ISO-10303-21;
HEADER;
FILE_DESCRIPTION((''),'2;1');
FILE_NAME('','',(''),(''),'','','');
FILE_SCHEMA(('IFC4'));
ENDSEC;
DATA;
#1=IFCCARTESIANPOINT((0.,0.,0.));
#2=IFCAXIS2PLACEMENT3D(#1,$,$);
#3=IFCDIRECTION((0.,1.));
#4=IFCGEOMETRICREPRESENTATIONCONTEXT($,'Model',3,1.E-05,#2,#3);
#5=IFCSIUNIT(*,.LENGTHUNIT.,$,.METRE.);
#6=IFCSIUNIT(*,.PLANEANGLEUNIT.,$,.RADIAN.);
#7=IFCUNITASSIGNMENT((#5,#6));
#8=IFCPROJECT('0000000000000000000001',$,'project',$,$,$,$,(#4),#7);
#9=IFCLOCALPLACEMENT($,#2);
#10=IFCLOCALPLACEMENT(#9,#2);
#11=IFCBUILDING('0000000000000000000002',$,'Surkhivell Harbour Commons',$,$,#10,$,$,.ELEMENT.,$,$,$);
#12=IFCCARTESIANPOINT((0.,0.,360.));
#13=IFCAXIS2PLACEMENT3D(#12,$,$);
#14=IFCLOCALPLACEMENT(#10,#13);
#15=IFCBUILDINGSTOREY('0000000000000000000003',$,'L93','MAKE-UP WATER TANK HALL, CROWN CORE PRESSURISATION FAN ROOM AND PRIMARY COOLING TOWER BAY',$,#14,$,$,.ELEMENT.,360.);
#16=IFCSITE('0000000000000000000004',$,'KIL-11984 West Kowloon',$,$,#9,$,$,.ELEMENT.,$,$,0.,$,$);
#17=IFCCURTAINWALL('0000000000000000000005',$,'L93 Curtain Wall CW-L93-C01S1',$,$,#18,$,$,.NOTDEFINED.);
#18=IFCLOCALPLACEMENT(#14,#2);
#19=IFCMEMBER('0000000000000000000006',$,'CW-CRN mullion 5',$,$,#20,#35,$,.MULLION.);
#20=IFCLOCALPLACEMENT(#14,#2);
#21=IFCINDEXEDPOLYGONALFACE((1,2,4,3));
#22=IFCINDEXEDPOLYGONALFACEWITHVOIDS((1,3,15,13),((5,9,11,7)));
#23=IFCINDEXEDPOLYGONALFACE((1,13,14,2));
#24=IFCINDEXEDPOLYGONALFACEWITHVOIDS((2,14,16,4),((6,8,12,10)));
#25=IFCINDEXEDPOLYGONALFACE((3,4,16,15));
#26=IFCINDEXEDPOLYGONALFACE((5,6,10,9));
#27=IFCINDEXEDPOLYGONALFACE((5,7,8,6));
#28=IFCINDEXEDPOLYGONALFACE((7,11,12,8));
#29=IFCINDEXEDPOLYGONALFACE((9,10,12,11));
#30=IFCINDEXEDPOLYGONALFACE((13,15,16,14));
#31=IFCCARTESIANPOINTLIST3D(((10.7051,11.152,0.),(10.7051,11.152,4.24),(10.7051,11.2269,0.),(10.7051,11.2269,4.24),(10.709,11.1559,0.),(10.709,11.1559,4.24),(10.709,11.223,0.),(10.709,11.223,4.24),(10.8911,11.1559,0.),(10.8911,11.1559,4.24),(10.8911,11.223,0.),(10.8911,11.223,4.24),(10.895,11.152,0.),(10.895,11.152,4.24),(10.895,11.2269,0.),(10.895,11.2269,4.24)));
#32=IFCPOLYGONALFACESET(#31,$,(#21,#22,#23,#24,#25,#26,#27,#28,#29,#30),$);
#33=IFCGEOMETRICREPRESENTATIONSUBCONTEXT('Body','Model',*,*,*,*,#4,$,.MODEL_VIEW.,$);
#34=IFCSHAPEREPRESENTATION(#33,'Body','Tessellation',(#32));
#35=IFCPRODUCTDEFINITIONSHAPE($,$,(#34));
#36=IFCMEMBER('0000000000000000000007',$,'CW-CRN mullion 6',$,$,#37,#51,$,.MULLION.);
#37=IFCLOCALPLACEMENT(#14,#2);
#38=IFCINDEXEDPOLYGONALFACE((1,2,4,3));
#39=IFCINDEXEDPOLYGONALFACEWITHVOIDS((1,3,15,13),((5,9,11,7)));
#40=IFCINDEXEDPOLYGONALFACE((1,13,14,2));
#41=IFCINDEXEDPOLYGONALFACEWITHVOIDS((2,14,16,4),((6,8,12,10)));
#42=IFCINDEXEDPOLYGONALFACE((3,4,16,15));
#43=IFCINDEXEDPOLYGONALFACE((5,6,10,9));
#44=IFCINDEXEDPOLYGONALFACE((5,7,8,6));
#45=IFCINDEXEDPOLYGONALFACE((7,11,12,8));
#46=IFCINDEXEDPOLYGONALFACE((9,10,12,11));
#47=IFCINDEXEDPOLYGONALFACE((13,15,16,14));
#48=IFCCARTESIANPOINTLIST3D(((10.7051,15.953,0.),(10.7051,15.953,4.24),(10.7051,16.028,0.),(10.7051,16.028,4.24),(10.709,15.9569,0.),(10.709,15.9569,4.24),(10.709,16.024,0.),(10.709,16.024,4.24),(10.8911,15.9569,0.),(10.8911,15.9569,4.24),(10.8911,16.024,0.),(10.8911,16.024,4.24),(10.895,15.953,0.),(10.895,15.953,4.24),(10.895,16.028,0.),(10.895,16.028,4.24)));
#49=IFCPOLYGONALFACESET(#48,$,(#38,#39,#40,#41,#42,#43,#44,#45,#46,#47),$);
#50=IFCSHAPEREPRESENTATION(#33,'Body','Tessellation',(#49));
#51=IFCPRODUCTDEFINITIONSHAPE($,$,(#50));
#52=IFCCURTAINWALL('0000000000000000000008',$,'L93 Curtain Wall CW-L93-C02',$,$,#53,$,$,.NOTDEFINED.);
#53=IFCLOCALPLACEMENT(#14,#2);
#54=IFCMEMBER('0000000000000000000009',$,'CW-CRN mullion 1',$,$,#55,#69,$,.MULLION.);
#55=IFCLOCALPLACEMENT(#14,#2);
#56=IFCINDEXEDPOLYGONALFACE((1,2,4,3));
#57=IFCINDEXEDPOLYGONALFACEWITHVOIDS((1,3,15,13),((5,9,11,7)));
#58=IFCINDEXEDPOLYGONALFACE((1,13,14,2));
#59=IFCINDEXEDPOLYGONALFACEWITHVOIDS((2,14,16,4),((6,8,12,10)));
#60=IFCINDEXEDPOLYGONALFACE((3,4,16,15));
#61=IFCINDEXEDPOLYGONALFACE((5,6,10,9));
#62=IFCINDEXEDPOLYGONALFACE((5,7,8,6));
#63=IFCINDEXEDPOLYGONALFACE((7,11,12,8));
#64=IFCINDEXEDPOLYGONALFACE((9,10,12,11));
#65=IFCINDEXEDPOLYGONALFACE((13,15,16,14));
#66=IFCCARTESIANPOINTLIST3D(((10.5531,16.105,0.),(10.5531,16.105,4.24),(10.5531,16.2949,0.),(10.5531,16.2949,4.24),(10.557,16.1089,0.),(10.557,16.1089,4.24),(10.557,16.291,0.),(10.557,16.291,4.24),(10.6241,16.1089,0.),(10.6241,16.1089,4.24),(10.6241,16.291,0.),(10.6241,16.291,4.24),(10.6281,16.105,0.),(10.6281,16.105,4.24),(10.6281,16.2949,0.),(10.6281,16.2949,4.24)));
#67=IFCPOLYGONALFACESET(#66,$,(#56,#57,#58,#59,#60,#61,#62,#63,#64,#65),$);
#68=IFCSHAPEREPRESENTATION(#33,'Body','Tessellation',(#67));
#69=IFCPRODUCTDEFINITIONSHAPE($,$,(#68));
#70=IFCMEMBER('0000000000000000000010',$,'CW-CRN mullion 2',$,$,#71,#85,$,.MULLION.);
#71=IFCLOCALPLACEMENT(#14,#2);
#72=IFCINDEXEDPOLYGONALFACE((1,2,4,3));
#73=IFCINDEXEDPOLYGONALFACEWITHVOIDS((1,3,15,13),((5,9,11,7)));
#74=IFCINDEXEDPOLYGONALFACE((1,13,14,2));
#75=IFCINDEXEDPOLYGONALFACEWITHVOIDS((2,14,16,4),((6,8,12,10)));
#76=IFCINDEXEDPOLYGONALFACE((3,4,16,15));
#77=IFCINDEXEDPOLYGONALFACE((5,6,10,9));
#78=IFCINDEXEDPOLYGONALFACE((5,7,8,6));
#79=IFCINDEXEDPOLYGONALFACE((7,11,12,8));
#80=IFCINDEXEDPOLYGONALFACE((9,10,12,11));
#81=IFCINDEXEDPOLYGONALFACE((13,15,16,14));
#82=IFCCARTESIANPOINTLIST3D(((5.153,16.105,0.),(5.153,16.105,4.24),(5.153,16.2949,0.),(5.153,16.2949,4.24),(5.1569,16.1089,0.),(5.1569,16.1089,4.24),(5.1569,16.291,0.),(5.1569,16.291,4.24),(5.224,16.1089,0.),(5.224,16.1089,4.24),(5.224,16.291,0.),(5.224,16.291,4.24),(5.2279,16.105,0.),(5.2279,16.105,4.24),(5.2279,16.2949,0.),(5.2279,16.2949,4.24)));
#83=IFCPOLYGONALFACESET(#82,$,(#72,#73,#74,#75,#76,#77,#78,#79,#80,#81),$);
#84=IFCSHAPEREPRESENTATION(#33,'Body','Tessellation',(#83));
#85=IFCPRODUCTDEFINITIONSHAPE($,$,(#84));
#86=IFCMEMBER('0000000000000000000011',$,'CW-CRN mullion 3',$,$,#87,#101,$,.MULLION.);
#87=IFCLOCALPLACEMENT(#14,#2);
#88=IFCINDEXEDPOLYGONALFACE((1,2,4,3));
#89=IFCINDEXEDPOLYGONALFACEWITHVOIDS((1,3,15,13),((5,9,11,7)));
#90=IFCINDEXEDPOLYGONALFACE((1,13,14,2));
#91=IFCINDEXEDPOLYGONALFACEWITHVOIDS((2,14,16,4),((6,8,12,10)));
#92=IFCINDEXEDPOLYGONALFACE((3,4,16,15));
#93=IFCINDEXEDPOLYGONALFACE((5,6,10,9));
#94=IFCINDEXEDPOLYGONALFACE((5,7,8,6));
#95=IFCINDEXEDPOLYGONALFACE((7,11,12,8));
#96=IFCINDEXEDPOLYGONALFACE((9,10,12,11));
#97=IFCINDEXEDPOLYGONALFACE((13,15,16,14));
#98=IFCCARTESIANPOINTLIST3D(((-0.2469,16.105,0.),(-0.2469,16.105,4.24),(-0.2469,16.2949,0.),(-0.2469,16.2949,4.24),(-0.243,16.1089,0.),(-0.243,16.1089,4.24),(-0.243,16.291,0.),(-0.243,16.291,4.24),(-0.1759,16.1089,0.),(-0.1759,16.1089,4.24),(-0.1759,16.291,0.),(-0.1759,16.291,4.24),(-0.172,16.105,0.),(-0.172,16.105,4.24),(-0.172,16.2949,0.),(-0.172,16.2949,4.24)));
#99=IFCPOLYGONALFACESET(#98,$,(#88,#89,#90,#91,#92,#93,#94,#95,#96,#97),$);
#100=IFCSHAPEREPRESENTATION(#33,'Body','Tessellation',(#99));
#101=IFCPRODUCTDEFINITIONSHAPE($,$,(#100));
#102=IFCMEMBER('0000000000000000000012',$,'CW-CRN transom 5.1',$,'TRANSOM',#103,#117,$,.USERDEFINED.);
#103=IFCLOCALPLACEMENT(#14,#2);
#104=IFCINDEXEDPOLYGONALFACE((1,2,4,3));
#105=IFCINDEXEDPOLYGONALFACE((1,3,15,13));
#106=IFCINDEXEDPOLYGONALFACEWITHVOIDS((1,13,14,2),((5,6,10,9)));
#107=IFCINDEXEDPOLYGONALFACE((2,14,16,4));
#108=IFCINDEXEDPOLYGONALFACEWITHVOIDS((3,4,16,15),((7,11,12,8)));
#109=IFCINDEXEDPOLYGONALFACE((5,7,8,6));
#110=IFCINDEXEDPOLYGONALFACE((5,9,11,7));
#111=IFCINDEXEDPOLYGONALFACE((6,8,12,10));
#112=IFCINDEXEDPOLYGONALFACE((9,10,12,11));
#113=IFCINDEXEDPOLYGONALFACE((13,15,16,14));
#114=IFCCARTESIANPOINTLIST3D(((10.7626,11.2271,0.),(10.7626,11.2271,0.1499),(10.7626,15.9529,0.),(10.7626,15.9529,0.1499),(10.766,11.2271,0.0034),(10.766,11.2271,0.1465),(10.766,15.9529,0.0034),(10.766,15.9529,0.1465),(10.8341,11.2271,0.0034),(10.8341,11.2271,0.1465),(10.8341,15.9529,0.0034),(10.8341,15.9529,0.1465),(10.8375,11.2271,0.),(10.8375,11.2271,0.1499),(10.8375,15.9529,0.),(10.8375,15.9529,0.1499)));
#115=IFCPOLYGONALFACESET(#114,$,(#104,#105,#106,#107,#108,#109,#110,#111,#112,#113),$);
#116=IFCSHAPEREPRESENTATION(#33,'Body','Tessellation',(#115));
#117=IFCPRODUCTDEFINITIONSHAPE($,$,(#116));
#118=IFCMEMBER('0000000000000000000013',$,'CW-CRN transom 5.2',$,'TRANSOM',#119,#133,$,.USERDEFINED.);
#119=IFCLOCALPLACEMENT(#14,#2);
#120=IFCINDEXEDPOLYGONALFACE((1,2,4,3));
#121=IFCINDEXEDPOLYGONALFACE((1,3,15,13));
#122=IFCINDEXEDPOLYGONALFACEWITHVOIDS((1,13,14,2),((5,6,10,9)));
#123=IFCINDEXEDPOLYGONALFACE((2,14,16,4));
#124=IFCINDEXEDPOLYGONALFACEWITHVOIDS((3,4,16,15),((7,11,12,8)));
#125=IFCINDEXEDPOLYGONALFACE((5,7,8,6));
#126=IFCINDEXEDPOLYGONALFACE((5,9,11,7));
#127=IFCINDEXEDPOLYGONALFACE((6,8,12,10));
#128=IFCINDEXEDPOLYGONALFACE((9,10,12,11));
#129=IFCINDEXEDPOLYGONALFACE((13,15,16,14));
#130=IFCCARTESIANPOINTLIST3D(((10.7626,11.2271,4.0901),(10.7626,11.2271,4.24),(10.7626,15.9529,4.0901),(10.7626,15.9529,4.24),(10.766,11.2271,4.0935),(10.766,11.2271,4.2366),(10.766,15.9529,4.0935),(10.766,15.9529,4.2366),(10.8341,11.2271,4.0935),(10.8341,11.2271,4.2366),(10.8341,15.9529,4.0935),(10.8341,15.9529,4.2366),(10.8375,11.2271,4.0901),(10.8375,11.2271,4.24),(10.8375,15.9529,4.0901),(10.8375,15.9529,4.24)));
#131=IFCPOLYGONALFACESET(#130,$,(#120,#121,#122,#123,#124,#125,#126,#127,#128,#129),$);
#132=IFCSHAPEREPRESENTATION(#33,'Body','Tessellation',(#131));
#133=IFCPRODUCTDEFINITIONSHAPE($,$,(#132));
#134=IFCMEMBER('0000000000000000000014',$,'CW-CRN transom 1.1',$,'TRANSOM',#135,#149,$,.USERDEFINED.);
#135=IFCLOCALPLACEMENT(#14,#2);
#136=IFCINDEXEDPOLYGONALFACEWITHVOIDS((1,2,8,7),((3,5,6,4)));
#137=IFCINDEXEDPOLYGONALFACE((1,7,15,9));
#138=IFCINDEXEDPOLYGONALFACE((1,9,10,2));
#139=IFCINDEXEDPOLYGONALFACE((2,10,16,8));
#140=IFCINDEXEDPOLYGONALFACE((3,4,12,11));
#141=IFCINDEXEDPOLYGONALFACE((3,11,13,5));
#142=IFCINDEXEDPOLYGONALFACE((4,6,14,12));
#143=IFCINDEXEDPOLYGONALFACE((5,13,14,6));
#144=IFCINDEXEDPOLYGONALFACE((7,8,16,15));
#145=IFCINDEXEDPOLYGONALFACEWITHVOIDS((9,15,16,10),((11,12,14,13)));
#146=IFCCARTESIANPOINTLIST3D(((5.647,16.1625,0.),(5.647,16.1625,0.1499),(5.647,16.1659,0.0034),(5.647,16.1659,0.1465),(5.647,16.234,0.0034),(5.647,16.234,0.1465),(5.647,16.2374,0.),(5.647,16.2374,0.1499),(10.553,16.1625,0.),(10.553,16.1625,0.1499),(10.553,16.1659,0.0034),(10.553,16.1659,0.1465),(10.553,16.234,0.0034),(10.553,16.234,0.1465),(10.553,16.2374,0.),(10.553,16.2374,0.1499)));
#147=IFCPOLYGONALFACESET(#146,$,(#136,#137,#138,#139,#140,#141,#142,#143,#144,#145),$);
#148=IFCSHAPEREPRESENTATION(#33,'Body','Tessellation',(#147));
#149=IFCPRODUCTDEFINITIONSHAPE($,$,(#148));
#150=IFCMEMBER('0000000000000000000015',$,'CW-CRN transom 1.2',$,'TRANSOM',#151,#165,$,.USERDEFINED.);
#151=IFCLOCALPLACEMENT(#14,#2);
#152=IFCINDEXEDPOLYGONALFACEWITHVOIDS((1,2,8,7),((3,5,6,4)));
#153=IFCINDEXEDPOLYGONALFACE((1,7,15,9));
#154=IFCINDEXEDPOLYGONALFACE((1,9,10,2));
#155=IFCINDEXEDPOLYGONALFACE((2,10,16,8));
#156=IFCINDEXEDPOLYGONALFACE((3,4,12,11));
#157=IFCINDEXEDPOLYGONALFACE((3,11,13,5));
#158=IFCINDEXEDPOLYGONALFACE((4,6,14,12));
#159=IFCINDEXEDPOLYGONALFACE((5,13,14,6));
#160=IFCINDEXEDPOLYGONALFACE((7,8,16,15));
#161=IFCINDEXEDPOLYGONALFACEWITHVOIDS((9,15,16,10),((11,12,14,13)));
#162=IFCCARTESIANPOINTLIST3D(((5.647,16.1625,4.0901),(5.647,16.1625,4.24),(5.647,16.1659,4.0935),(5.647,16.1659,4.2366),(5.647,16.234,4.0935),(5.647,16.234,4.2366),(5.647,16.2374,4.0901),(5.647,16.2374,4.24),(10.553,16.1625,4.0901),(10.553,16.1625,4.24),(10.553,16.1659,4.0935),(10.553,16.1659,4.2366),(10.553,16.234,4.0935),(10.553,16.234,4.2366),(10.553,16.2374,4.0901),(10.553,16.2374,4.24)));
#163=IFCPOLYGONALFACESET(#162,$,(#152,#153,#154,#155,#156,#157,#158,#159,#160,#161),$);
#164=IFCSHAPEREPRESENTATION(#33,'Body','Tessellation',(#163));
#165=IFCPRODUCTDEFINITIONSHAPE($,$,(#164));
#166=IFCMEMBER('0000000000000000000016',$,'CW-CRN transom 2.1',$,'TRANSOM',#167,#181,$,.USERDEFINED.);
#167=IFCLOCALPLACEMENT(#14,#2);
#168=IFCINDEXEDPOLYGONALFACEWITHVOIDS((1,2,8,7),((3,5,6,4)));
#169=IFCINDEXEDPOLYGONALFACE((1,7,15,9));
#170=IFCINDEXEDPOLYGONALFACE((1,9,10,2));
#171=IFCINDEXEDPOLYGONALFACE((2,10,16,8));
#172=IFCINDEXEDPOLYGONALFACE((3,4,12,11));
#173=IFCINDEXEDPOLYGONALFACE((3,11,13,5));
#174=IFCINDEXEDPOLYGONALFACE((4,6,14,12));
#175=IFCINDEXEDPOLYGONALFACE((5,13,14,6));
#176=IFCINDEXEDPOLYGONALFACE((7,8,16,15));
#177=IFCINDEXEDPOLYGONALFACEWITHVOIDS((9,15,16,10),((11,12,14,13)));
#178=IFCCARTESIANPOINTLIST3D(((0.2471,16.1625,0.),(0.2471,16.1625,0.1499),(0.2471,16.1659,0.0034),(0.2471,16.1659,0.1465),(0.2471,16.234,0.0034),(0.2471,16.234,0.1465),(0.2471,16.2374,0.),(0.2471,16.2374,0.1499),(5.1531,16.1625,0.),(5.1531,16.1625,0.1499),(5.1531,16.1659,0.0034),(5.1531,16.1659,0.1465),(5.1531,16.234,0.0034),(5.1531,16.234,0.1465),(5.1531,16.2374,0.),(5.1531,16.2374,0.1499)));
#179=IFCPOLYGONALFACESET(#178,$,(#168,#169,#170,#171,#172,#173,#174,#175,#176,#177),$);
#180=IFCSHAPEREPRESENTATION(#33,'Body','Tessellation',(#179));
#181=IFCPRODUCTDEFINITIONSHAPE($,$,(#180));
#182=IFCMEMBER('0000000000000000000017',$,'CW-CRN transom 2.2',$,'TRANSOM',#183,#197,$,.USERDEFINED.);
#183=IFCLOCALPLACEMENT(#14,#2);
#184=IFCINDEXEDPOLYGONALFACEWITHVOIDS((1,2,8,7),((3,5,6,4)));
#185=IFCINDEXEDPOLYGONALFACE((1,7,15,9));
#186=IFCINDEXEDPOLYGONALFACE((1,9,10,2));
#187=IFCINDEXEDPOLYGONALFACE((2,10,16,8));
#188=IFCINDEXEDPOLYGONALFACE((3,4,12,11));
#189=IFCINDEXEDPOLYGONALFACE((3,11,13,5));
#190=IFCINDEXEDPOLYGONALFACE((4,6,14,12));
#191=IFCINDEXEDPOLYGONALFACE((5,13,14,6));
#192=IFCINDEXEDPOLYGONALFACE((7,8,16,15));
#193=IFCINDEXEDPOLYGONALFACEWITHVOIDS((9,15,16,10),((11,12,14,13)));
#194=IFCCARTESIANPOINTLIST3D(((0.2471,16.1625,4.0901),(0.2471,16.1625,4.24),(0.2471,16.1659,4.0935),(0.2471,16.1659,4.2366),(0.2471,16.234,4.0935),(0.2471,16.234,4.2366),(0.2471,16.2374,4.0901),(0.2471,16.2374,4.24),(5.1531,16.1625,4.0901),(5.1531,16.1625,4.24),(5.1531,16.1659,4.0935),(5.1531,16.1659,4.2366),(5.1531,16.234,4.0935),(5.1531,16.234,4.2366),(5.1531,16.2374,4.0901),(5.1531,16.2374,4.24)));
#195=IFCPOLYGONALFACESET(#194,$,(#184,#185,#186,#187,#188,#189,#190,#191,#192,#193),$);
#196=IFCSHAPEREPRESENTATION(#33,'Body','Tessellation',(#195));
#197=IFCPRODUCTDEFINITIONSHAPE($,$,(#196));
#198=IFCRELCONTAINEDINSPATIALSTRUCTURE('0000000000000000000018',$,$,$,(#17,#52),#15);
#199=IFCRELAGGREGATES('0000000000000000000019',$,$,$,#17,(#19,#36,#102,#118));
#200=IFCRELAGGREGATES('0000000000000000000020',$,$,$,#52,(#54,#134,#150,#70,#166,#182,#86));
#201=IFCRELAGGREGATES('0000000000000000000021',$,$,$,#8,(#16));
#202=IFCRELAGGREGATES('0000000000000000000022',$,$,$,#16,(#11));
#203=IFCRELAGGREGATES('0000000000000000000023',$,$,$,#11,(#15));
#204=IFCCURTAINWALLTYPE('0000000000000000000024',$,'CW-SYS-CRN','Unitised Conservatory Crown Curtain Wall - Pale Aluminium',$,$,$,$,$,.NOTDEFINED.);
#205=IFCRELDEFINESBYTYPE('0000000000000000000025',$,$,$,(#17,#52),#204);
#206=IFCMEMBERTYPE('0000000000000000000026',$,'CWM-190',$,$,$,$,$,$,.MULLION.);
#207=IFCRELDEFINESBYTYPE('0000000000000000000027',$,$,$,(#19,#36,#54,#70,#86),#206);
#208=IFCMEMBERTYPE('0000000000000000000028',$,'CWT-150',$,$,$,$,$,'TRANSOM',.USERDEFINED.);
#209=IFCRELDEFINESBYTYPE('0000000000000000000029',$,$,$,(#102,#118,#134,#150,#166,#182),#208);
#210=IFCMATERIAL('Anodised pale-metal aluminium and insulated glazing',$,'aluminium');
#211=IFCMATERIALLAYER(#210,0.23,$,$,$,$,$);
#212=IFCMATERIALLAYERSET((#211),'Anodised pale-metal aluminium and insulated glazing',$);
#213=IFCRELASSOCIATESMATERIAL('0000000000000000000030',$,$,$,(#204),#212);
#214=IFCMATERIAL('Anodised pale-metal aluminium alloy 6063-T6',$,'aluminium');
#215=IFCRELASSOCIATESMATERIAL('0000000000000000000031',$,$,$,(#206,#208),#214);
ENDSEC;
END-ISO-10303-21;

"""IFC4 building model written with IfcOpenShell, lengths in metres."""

from ifc_helpers import new_model, si_unit, direction, frame, origin, origin_2d, place, context, subcontext, project, spatial, hollow_rectangle, extrude, material, layer, layer_set, material_profile, profile_set, type_object, element, aggregate, save


model = new_model("IFC4")

# Units and contexts
model_context = context("Model", 3, precision=1e-05, world=origin(), true_north=direction((0.0, 1.0)))
body_context = subcontext(model_context, "Body", "Model", "MODEL_VIEW")
ifc_project = project(units=[si_unit("LENGTHUNIT", "METRE"), si_unit("PLANEANGLEUNIT", "RADIAN")], contexts=[model_context])

# Site, building, storey
site_placement = place(None, origin())
site = spatial("IfcSite", under=ifc_project, at=site_placement, Name="KIL-11984 West Kowloon", CompositionType="ELEMENT", RefElevation=0.0)
building_placement = place(site_placement, origin())
building = spatial("IfcBuilding", under=site, at=building_placement, Name="Surkhivell Harbour Commons", CompositionType="ELEMENT")
storey_placement = place(building_placement, frame((0.0, 0.0, 360.0)))
storey = spatial("IfcBuildingStorey", under=building, at=storey_placement, Name="L93", Description="MAKE-UP WATER TANK HALL, CROWN CORE PRESSURISATION FAN ROOM AND PRIMARY COOLING TOWER BAY", CompositionType="ELEMENT", Elevation=360.0)

# Curtain walls, members
ifc_material_1 = material(Name="Anodised pale-metal aluminium and insulated glazing", Category="aluminium")
ifc_layer_1 = layer(ifc_material_1, 0.23)
ifc_layer_set_1 = layer_set([ifc_layer_1], Name="Anodised pale-metal aluminium and insulated glazing")
curtain_wall_type = type_object("IfcCurtainWallType", Name="CW-SYS-CRN", Description="Unitised Conservatory Crown Curtain Wall - Pale Aluminium", PredefinedType="NOTDEFINED", material=ifc_layer_set_1)
curtain_wall_1_placement = place(storey_placement, origin())
curtain_wall_1 = element("IfcCurtainWall", 1, at=curtain_wall_1_placement, inside=storey, type_object=curtain_wall_type, Name="L93 Curtain Wall CW-L93-C01S1", PredefinedType="NOTDEFINED")
ifc_material_2 = material(Name="Anodised pale-metal aluminium alloy 6063-T6", Category="aluminium")
ifc_material_profile_1 = material_profile(ifc_material_2, hollow_rectangle(XDim=0.075, YDim=0.1899, WallThickness=0.0039, at=origin_2d()), Name="ALU-MULL-75x190")
ifc_profile_set_1 = profile_set([ifc_material_profile_1], Name="Anodised pale-metal aluminium alloy 6063-T6")
member_type_1 = type_object("IfcMemberType", Name="CWM-190", PredefinedType="MULLION", material=ifc_profile_set_1)
member_1_placement = place(storey_placement, frame((10.8, 11.1895, 0.0), z_axis=(0.0, 0.0, 1.0), x_axis=(0.0, 1.0, 0.0)))
member_1 = element("IfcMember", 2, at=member_1_placement, type_object=member_type_1, Name="CW-CRN mullion 5", PredefinedType="MULLION", context=body_context, shape_type="SweptSolid", body=[
    extrude(hollow_rectangle(XDim=0.075, YDim=0.1899, WallThickness=0.0039, at=origin_2d()), origin(), (0.0, 0.0, 1.0), 4.24),
])
member_2_placement = place(storey_placement, frame((10.8, 15.9905, 0.0), z_axis=(0.0, 0.0, 1.0), x_axis=(0.0, 1.0, 0.0)))
member_2 = element("IfcMember", 3, at=member_2_placement, type_object=member_type_1, Name="CW-CRN mullion 6", PredefinedType="MULLION", context=body_context, shape_type="SweptSolid", body=[
    extrude(hollow_rectangle(XDim=0.075, YDim=0.1899, WallThickness=0.0039, at=origin_2d()), origin(), (0.0, 0.0, 1.0), 4.24),
])
curtain_wall_2_placement = place(storey_placement, origin())
curtain_wall_2 = element("IfcCurtainWall", 4, at=curtain_wall_2_placement, inside=storey, type_object=curtain_wall_type, Name="L93 Curtain Wall CW-L93-C02", PredefinedType="NOTDEFINED")
member_3_placement = place(storey_placement, frame((10.5906, 16.2, 0.0), z_axis=(0.0, 0.0, 1.0), x_axis=(-1.0, 0.0, 0.0)))
member_3 = element("IfcMember", 5, at=member_3_placement, type_object=member_type_1, Name="CW-CRN mullion 1", PredefinedType="MULLION", context=body_context, shape_type="SweptSolid", body=[
    extrude(hollow_rectangle(XDim=0.075, YDim=0.1899, WallThickness=0.0039, at=origin_2d()), origin(), (0.0, 0.0, 1.0), 4.24),
])
member_4_placement = place(storey_placement, frame((5.1904, 16.2, 0.0), z_axis=(0.0, 0.0, 1.0), x_axis=(-1.0, 0.0, 0.0)))
member_4 = element("IfcMember", 6, at=member_4_placement, type_object=member_type_1, Name="CW-CRN mullion 2", PredefinedType="MULLION", context=body_context, shape_type="SweptSolid", body=[
    extrude(hollow_rectangle(XDim=0.075, YDim=0.1899, WallThickness=0.0039, at=origin_2d()), origin(), (0.0, 0.0, 1.0), 4.24),
])
member_5_placement = place(storey_placement, frame((-0.2095, 16.2, 0.0), z_axis=(0.0, 0.0, 1.0), x_axis=(-1.0, 0.0, 0.0)))
member_5 = element("IfcMember", 7, at=member_5_placement, type_object=member_type_1, Name="CW-CRN mullion 3", PredefinedType="MULLION", context=body_context, shape_type="SweptSolid", body=[
    extrude(hollow_rectangle(XDim=0.075, YDim=0.1899, WallThickness=0.0039, at=origin_2d()), origin(), (0.0, 0.0, 1.0), 4.24),
])

# Members
ifc_material_profile_2 = material_profile(ifc_material_2, hollow_rectangle(XDim=0.075, YDim=0.1499, WallThickness=0.0034, at=origin_2d()), Name="ALU-TRAN-75x150")
ifc_profile_set_2 = profile_set([ifc_material_profile_2], Name="Anodised pale-metal aluminium alloy 6063-T6")
member_type_2 = type_object("IfcMemberType", Name="CWT-150", ElementType="TRANSOM", PredefinedType="USERDEFINED", material=ifc_profile_set_2)
member_6_placement = place(storey_placement, frame((10.8, 11.2271, 0.075), z_axis=(0.0, 1.0, 0.0), x_axis=(-1.0, 0.0, 0.0)))
member_6 = element("IfcMember", 8, at=member_6_placement, type_object=member_type_2, Name="CW-CRN transom 5.1", ObjectType="TRANSOM", PredefinedType="USERDEFINED", context=body_context, shape_type="SweptSolid", body=[
    extrude(hollow_rectangle(XDim=0.075, YDim=0.1499, WallThickness=0.0034, at=origin_2d()), origin(), (0.0, 0.0, 1.0), 4.7258),
])
member_7_placement = place(storey_placement, frame((10.8, 11.2271, 4.165), z_axis=(0.0, 1.0, 0.0), x_axis=(-1.0, 0.0, 0.0)))
member_7 = element("IfcMember", 9, at=member_7_placement, type_object=member_type_2, Name="CW-CRN transom 5.2", ObjectType="TRANSOM", PredefinedType="USERDEFINED", context=body_context, shape_type="SweptSolid", body=[
    extrude(hollow_rectangle(XDim=0.075, YDim=0.1499, WallThickness=0.0034, at=origin_2d()), origin(), (0.0, 0.0, 1.0), 4.7258),
])
member_8_placement = place(storey_placement, frame((10.553, 16.2, 0.075), z_axis=(-1.0, 0.0, 0.0), x_axis=(0.0, -1.0, 0.0)))
member_8 = element("IfcMember", 10, at=member_8_placement, type_object=member_type_2, Name="CW-CRN transom 1.1", ObjectType="TRANSOM", PredefinedType="USERDEFINED", context=body_context, shape_type="SweptSolid", body=[
    extrude(hollow_rectangle(XDim=0.075, YDim=0.1499, WallThickness=0.0034, at=origin_2d()), origin(), (0.0, 0.0, 1.0), 4.906),
])
member_9_placement = place(storey_placement, frame((10.553, 16.2, 4.165), z_axis=(-1.0, 0.0, 0.0), x_axis=(0.0, -1.0, 0.0)))
member_9 = element("IfcMember", 11, at=member_9_placement, type_object=member_type_2, Name="CW-CRN transom 1.2", ObjectType="TRANSOM", PredefinedType="USERDEFINED", context=body_context, shape_type="SweptSolid", body=[
    extrude(hollow_rectangle(XDim=0.075, YDim=0.1499, WallThickness=0.0034, at=origin_2d()), origin(), (0.0, 0.0, 1.0), 4.906),
])
member_10_placement = place(storey_placement, frame((5.1531, 16.2, 0.075), z_axis=(-1.0, 0.0, 0.0), x_axis=(0.0, -1.0, 0.0)))
member_10 = element("IfcMember", 12, at=member_10_placement, type_object=member_type_2, Name="CW-CRN transom 2.1", ObjectType="TRANSOM", PredefinedType="USERDEFINED", context=body_context, shape_type="SweptSolid", body=[
    extrude(hollow_rectangle(XDim=0.075, YDim=0.1499, WallThickness=0.0034, at=origin_2d()), origin(), (0.0, 0.0, 1.0), 4.906),
])
member_11_placement = place(storey_placement, frame((5.1531, 16.2, 4.165), z_axis=(-1.0, 0.0, 0.0), x_axis=(0.0, -1.0, 0.0)))
member_11 = element("IfcMember", 13, at=member_11_placement, type_object=member_type_2, Name="CW-CRN transom 2.2", ObjectType="TRANSOM", PredefinedType="USERDEFINED", context=body_context, shape_type="SweptSolid", body=[
    extrude(hollow_rectangle(XDim=0.075, YDim=0.1499, WallThickness=0.0034, at=origin_2d()), origin(), (0.0, 0.0, 1.0), 4.906),
])

aggregate(curtain_wall_1, [member_1, member_2, member_6, member_7])
aggregate(curtain_wall_2, [member_3, member_8, member_9, member_4, member_10, member_11, member_5])

save(model, "model.ifc")
